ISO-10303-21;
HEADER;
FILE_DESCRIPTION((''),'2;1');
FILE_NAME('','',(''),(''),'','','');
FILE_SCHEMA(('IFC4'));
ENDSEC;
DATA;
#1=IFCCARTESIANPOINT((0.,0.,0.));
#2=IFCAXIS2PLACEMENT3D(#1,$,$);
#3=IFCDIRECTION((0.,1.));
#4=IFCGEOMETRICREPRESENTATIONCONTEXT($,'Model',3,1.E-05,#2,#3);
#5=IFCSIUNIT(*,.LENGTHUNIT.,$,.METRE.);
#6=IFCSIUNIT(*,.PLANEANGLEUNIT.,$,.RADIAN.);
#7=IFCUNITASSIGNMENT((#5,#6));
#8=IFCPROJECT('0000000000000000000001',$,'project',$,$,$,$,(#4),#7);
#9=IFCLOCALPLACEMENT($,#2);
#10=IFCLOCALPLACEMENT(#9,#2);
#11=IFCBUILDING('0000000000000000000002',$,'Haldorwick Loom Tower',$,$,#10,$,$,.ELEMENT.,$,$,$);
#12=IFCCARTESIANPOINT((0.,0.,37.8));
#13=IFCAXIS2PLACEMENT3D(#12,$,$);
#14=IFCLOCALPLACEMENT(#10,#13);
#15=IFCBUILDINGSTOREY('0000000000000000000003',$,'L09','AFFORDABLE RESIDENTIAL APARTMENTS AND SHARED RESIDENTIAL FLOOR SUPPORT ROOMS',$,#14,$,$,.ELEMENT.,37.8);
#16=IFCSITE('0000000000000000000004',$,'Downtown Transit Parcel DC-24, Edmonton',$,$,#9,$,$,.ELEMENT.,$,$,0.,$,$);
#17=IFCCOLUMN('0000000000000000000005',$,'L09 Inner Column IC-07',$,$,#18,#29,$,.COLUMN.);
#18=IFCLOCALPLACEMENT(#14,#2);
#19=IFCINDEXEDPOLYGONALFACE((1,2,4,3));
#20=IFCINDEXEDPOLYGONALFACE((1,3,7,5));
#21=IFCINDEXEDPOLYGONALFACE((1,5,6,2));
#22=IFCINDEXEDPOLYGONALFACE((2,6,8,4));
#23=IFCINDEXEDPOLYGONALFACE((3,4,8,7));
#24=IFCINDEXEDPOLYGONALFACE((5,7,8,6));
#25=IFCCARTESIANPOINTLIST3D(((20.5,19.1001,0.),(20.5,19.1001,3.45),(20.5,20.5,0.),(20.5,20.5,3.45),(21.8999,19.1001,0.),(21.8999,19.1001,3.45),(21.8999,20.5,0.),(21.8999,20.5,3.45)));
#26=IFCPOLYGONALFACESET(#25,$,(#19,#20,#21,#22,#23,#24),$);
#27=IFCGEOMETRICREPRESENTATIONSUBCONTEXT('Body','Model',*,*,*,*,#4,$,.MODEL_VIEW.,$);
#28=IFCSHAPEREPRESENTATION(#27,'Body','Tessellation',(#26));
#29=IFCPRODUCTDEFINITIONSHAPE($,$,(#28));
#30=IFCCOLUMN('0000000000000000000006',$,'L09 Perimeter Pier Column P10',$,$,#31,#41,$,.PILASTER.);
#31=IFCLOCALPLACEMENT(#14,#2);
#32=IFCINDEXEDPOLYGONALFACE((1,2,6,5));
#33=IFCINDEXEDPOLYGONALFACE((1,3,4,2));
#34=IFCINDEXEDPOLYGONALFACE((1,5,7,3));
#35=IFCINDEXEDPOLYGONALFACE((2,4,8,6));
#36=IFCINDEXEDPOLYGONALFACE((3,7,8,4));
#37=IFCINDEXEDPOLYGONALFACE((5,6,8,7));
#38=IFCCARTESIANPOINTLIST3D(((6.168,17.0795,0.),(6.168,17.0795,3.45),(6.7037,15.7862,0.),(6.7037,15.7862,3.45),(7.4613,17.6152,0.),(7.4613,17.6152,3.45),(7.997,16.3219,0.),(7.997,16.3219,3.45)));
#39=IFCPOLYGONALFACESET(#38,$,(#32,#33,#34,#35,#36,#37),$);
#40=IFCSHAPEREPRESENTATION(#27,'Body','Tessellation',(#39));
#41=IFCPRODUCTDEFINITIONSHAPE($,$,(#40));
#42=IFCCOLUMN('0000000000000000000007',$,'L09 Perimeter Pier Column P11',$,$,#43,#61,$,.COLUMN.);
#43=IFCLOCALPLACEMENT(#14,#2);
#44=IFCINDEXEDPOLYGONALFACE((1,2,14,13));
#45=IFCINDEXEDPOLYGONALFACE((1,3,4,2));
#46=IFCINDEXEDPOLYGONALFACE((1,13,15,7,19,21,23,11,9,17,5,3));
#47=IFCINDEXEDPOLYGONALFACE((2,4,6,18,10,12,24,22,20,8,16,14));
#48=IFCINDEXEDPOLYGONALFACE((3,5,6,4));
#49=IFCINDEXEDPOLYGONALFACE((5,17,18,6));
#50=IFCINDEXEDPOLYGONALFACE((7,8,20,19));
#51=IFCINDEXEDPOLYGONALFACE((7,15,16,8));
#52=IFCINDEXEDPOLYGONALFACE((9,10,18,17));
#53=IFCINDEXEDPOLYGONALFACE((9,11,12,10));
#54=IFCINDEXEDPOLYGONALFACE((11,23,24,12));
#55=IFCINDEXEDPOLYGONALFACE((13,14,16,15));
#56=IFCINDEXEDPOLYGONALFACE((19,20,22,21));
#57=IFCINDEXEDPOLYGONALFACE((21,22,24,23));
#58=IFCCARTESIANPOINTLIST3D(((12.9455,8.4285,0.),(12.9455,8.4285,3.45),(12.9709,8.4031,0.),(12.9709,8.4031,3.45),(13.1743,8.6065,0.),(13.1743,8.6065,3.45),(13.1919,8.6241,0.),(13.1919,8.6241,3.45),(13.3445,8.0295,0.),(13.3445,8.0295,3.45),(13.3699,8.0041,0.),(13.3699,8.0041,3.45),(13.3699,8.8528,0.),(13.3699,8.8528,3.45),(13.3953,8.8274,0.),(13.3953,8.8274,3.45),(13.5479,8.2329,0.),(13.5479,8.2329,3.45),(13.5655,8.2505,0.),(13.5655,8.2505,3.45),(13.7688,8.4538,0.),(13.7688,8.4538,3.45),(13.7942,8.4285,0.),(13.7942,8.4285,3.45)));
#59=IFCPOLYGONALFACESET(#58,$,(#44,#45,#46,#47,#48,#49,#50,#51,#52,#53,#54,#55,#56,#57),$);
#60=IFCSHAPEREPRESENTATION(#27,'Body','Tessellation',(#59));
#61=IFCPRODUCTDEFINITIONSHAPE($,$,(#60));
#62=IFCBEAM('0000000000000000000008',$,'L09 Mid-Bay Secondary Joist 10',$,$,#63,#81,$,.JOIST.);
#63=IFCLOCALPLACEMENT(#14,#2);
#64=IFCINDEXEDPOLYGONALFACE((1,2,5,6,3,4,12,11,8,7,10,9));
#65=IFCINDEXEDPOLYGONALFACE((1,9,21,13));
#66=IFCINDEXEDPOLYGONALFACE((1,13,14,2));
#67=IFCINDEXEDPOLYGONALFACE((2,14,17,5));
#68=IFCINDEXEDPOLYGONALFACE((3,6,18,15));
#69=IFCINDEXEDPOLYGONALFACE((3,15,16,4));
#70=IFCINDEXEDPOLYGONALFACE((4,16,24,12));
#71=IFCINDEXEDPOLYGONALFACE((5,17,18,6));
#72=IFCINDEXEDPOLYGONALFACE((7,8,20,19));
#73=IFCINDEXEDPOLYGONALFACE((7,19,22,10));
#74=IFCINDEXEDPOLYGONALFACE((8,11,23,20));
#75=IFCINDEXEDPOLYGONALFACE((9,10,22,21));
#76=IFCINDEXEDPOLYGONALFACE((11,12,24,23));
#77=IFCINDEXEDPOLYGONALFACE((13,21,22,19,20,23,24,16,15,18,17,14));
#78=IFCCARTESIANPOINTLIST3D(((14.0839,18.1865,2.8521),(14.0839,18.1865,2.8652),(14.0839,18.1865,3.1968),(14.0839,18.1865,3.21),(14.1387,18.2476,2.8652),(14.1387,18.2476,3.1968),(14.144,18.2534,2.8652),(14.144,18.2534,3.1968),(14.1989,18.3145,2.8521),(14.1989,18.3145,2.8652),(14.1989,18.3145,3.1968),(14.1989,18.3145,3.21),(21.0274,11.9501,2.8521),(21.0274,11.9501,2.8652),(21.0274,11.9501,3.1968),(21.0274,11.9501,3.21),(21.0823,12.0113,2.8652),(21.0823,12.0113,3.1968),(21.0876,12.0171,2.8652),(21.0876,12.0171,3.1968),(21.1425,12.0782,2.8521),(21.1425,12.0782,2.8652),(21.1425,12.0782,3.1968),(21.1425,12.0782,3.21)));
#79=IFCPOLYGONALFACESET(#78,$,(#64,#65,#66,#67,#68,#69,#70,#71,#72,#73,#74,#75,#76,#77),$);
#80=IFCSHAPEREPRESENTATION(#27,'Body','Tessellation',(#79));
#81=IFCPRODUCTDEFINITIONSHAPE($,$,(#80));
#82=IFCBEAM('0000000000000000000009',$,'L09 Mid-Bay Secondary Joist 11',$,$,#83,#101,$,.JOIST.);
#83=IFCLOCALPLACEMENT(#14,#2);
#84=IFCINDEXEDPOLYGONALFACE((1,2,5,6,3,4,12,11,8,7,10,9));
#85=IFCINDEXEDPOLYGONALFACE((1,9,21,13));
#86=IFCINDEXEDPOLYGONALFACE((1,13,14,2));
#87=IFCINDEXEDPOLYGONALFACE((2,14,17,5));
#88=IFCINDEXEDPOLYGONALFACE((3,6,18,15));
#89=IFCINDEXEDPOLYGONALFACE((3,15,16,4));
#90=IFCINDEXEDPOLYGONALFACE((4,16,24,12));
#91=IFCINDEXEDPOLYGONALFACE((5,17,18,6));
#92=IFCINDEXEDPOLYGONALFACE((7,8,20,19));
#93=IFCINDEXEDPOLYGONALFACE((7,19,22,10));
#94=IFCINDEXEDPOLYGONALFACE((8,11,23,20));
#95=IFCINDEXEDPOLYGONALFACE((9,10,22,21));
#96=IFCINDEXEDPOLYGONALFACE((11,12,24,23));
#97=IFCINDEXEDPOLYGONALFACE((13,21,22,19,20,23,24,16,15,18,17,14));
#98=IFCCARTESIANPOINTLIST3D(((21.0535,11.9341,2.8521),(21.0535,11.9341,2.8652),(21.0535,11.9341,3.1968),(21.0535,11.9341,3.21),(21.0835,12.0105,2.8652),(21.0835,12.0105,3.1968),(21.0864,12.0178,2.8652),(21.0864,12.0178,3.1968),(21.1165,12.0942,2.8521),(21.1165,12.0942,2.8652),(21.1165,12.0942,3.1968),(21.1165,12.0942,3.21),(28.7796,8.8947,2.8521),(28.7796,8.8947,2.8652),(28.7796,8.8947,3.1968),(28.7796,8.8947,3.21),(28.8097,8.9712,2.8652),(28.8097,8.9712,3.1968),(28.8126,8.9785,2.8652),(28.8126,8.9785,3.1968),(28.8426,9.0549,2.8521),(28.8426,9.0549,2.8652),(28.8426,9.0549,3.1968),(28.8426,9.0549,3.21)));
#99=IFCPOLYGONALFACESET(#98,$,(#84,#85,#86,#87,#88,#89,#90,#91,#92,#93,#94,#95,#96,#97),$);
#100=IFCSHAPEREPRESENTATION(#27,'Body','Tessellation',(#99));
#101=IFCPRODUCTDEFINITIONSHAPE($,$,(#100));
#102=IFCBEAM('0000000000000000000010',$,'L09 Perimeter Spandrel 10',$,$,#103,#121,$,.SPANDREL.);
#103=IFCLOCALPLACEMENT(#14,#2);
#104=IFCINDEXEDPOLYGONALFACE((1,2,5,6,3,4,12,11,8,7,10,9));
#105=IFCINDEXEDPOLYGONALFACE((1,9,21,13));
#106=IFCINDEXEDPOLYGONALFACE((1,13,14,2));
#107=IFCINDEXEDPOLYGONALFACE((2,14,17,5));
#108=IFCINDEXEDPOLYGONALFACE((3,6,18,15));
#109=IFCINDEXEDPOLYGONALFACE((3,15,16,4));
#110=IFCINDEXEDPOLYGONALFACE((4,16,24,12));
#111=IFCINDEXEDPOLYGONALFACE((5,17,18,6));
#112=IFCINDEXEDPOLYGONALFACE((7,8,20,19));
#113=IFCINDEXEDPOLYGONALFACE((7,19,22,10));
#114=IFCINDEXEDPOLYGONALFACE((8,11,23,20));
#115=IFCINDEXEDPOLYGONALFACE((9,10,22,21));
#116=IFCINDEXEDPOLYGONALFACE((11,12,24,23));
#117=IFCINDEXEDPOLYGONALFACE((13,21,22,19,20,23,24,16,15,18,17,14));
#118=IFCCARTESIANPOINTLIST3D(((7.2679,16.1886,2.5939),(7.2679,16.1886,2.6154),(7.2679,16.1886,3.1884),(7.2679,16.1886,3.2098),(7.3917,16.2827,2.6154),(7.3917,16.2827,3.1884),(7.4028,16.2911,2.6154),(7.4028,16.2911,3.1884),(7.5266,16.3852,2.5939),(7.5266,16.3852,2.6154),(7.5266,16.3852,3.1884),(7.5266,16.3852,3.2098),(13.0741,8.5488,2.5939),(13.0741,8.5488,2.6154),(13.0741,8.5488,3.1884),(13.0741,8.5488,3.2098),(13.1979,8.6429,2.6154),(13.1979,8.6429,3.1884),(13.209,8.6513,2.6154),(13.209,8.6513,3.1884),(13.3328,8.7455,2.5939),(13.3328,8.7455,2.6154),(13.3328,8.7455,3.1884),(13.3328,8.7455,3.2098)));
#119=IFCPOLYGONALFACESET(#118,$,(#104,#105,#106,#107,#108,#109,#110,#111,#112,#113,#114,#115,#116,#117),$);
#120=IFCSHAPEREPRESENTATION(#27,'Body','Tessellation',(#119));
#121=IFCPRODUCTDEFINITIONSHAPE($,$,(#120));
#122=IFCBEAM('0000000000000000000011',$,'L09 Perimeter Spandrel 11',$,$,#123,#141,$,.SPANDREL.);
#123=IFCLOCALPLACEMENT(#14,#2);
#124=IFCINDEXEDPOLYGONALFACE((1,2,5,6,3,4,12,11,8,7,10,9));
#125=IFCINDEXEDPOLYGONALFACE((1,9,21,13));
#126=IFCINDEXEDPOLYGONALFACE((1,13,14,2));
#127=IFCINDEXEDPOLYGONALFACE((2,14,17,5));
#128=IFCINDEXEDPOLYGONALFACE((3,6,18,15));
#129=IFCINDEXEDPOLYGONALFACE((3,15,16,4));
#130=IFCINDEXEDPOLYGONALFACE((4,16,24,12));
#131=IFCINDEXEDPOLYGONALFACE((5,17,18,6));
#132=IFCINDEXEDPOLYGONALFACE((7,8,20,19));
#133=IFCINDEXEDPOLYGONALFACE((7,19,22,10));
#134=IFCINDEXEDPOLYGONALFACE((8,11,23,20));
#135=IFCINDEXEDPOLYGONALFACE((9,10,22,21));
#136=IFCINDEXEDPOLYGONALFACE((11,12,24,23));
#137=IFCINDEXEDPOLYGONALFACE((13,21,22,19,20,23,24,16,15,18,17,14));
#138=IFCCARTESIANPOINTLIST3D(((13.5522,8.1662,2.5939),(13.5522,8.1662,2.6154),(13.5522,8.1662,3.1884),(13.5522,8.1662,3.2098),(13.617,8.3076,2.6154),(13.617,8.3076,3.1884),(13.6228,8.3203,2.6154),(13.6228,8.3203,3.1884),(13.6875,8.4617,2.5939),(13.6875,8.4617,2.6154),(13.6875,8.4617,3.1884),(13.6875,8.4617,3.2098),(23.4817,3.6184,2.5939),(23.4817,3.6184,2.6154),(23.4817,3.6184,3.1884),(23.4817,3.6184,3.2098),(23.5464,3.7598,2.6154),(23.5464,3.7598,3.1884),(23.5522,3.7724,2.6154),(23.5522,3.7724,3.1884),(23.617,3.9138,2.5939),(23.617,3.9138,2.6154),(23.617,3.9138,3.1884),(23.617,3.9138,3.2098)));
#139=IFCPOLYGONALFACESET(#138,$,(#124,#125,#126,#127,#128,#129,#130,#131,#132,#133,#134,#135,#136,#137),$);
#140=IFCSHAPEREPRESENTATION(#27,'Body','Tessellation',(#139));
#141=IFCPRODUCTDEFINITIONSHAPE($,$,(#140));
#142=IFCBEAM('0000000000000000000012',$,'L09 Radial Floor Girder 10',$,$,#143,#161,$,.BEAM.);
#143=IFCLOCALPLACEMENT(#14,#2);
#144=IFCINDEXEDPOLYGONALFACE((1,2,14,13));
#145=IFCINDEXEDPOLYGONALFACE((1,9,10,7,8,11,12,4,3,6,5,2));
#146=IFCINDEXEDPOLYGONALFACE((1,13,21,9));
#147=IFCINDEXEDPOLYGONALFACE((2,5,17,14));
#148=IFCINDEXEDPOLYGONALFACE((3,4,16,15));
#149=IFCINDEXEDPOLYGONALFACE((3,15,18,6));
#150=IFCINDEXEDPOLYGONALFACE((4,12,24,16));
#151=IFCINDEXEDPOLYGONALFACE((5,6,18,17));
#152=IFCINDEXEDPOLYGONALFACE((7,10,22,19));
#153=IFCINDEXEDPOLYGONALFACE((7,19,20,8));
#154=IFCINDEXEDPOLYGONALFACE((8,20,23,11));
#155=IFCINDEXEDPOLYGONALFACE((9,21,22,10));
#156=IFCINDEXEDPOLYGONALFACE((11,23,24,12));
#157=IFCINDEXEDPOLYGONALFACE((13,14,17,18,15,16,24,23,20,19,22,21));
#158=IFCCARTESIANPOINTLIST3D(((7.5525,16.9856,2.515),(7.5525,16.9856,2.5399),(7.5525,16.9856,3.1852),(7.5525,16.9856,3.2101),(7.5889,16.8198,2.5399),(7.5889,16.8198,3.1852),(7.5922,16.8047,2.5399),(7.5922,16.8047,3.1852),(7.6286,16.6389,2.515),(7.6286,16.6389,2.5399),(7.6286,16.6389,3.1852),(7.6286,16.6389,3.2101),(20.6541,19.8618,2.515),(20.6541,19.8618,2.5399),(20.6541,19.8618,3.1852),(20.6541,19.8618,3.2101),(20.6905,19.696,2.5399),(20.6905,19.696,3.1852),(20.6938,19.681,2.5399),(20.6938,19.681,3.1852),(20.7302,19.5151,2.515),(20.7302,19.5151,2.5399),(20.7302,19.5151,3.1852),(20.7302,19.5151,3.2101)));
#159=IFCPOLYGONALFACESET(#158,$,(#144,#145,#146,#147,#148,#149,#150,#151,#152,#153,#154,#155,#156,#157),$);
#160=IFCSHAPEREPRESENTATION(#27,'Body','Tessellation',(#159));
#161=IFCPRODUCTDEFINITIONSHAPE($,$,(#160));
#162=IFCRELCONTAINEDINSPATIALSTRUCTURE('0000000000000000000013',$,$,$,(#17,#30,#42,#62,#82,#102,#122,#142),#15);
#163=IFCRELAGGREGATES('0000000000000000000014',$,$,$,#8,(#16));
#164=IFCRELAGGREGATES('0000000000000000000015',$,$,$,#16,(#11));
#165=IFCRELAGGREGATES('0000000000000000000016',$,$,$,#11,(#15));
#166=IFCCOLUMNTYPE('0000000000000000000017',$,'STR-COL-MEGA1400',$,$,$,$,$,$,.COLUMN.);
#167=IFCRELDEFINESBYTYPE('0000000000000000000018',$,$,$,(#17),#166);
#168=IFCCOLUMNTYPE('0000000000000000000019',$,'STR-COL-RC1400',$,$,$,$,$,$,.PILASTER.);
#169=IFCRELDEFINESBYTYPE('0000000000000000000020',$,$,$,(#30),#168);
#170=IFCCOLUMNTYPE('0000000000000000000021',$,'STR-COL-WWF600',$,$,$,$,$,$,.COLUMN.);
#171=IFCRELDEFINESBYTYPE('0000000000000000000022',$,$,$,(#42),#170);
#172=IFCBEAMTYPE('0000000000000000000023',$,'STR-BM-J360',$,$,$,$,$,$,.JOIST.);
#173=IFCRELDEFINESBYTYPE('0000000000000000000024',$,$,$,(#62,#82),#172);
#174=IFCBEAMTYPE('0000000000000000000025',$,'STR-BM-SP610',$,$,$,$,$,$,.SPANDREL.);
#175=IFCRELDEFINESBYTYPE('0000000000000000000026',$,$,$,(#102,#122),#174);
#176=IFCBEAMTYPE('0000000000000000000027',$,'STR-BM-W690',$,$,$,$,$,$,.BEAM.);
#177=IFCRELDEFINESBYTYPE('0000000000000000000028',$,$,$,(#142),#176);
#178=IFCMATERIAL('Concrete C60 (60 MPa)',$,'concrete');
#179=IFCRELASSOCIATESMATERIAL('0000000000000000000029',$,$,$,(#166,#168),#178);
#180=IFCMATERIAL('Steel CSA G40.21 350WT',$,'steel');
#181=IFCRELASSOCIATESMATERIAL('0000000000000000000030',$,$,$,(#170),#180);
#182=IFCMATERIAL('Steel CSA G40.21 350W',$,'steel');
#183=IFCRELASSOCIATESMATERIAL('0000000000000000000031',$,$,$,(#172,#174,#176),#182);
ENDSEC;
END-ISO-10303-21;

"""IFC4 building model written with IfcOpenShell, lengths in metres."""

from ifc_helpers import new_model, si_unit, direction, frame, origin, origin_2d, place, context, subcontext, project, spatial, rectangle, i_section, extrude, material, material_profile, profile_set, type_object, element, save


model = new_model("IFC4")

# Units and contexts
model_context = context("Model", 3, precision=1e-05, world=origin(), true_north=direction((0.0, 1.0)))
body_context = subcontext(model_context, "Body", "Model", "MODEL_VIEW")
ifc_project = project(units=[si_unit("LENGTHUNIT", "METRE"), si_unit("PLANEANGLEUNIT", "RADIAN")], contexts=[model_context])

# Site, building, storey
site_placement = place(None, origin())
site = spatial("IfcSite", under=ifc_project, at=site_placement, Name="Downtown Transit Parcel DC-24, Edmonton", CompositionType="ELEMENT", RefElevation=0.0)
building_placement = place(site_placement, origin())
building = spatial("IfcBuilding", under=site, at=building_placement, Name="Haldorwick Loom Tower", CompositionType="ELEMENT")
storey_placement = place(building_placement, frame((0.0, 0.0, 37.8)))
storey = spatial("IfcBuildingStorey", under=building, at=storey_placement, Name="L09", Description="AFFORDABLE RESIDENTIAL APARTMENTS AND SHARED RESIDENTIAL FLOOR SUPPORT ROOMS", CompositionType="ELEMENT", Elevation=37.8)

# Columns
ifc_material_1 = material(Name="Concrete C60 (60 MPa)", Category="concrete")
ifc_material_profile_1 = material_profile(ifc_material_1, rectangle(XDim=1.3999, YDim=1.3999, at=origin_2d()), Name="RC1400X1400", Category="concrete")
ifc_profile_set_1 = profile_set([ifc_material_profile_1], Name="Concrete C60 (60 MPa)")
column_type_1 = type_object("IfcColumnType", Name="STR-COL-MEGA1400", PredefinedType="COLUMN", material=ifc_profile_set_1)
column_1_placement = place(storey_placement, frame((21.2, 19.8, 0.0), z_axis=(0.0, 0.0, 1.0), x_axis=(1.0, 0.0, 0.0)))
element("IfcColumn", 1, at=column_1_placement, inside=storey, type_object=column_type_1, Name="L09 Inner Column IC-07", PredefinedType="COLUMN", context=body_context, shape_type="SweptSolid", body=[
    extrude(rectangle(XDim=1.3999, YDim=1.3999, at=origin_2d()), origin(), (0.0, 0.0, 1.0), 3.45),
])
ifc_material_profile_2 = material_profile(ifc_material_1, rectangle(XDim=1.3999, YDim=1.3999, at=origin_2d()), Name="RC1400X1400", Category="concrete")
ifc_profile_set_2 = profile_set([ifc_material_profile_2], Name="Concrete C60 (60 MPa)")
column_type_2 = type_object("IfcColumnType", Name="STR-COL-RC1400", PredefinedType="PILASTER", material=ifc_profile_set_2)
column_2_placement = place(storey_placement, frame((7.0825, 16.7007, 0.0), z_axis=(0.0, 0.0, 1.0), x_axis=(-0.92388, -0.382683, 0.0)))
element("IfcColumn", 2, at=column_2_placement, inside=storey, type_object=column_type_2, Name="L09 Perimeter Pier Column P10", PredefinedType="PILASTER", context=body_context, shape_type="SweptSolid", body=[
    extrude(rectangle(XDim=1.3999, YDim=1.3999, at=origin_2d()), origin(), (0.0, 0.0, 1.0), 3.45),
])
ifc_material_2 = material(Name="Steel CSA G40.21 350WT", Category="steel")
ifc_material_profile_3 = material_profile(ifc_material_2, i_section(OverallWidth=0.6001, OverallDepth=0.6001, WebThickness=0.0249, FlangeThickness=0.0359, at=origin_2d()), Name="WWF600X600", Category="steel")
ifc_profile_set_3 = profile_set([ifc_material_profile_3], Name="Steel CSA G40.21 350WT")
column_type_3 = type_object("IfcColumnType", Name="STR-COL-WWF600", PredefinedType="COLUMN", material=ifc_profile_set_3)
column_3_placement = place(storey_placement, frame((13.3699, 8.4285, 0.0), z_axis=(0.0, 0.0, 1.0), x_axis=(-0.707107, -0.707107, 0.0)))
element("IfcColumn", 3, at=column_3_placement, inside=storey, type_object=column_type_3, Name="L09 Perimeter Pier Column P11", PredefinedType="COLUMN", context=body_context, shape_type="SweptSolid", body=[
    extrude(i_section(OverallWidth=0.6001, OverallDepth=0.6001, WebThickness=0.0249, FlangeThickness=0.0359, at=origin_2d()), origin(), (0.0, 0.0, 1.0), 3.45),
])

# Beams
ifc_material_3 = material(Name="Steel CSA G40.21 350W", Category="steel")
ifc_material_profile_4 = material_profile(ifc_material_3, i_section(OverallWidth=0.1721, OverallDepth=0.3579, WebThickness=0.0078, FlangeThickness=0.0132, at=origin_2d()), Name="W360X57", Category="steel")
ifc_profile_set_4 = profile_set([ifc_material_profile_4], Name="Steel CSA G40.21 350W")
beam_type_1 = type_object("IfcBeamType", Name="STR-BM-J360", PredefinedType="JOIST", material=ifc_profile_set_4)
beam_1_placement = place(storey_placement, frame((14.1414, 18.2505, 3.031), z_axis=(0.743982, -0.6682, 0.0), x_axis=(0.6682, 0.743982, 0.0)))
element("IfcBeam", 4, at=beam_1_placement, inside=storey, type_object=beam_type_1, Name="L09 Mid-Bay Secondary Joist 10", PredefinedType="JOIST", context=body_context, shape_type="SweptSolid", body=[
    extrude(i_section(OverallWidth=0.1721, OverallDepth=0.3579, WebThickness=0.0078, FlangeThickness=0.0132, at=origin_2d()), origin(), (0.0, 0.0, 1.0), 9.333),
])
beam_2_placement = place(storey_placement, frame((21.085, 12.0142, 3.031), z_axis=(0.930585, -0.366076, 0.0), x_axis=(0.366076, 0.930585, 0.0)))
element("IfcBeam", 5, at=beam_2_placement, inside=storey, type_object=beam_type_1, Name="L09 Mid-Bay Secondary Joist 11", PredefinedType="JOIST", context=body_context, shape_type="SweptSolid", body=[
    extrude(i_section(OverallWidth=0.1721, OverallDepth=0.3579, WebThickness=0.0078, FlangeThickness=0.0132, at=origin_2d()), origin(), (0.0, 0.0, 1.0), 8.3025),
])
ifc_material_profile_5 = material_profile(ifc_material_3, i_section(OverallWidth=0.325, OverallDepth=0.616, WebThickness=0.0139, FlangeThickness=0.0215, at=origin_2d()), Name="W610X174", Category="steel")
ifc_profile_set_5 = profile_set([ifc_material_profile_5], Name="Steel CSA G40.21 350W")
beam_type_2 = type_object("IfcBeamType", Name="STR-BM-SP610", PredefinedType="SPANDREL", material=ifc_profile_set_5)
beam_3_placement = place(storey_placement, frame((7.3972, 16.2869, 2.9019), z_axis=(0.605085, -0.796161, 0.0), x_axis=(0.796161, 0.605085, 0.0)))
element("IfcBeam", 6, at=beam_3_placement, inside=storey, type_object=beam_type_2, Name="L09 Perimeter Spandrel 10", PredefinedType="SPANDREL", context=body_context, shape_type="SweptSolid", body=[
    extrude(i_section(OverallWidth=0.325, OverallDepth=0.616, WebThickness=0.0139, FlangeThickness=0.0215, at=origin_2d()), origin(), (0.0, 0.0, 1.0), 9.5957),
])
beam_4_placement = place(storey_placement, frame((13.6199, 8.314, 2.9019), z_axis=(0.909174, -0.416417, 0.0), x_axis=(0.416417, 0.909174, 0.0)))
element("IfcBeam", 7, at=beam_4_placement, inside=storey, type_object=beam_type_2, Name="L09 Perimeter Spandrel 11", PredefinedType="SPANDREL", context=body_context, shape_type="SweptSolid", body=[
    extrude(i_section(OverallWidth=0.325, OverallDepth=0.616, WebThickness=0.0139, FlangeThickness=0.0215, at=origin_2d()), origin(), (0.0, 0.0, 1.0), 10.9214),
])
ifc_material_profile_6 = material_profile(ifc_material_3, i_section(OverallWidth=0.355, OverallDepth=0.6951, WebThickness=0.0154, FlangeThickness=0.0249, at=origin_2d()), Name="W690X217", Category="steel")
ifc_profile_set_6 = profile_set([ifc_material_profile_6], Name="Steel CSA G40.21 350W")
beam_type_3 = type_object("IfcBeamType", Name="STR-BM-W690", PredefinedType="BEAM", material=ifc_profile_set_6)
beam_5_placement = place(storey_placement, frame((20.6921, 19.6885, 2.8625), z_axis=(-0.97674, -0.214426, 0.0), x_axis=(0.214426, -0.97674, 0.0)))
element("IfcBeam", 8, at=beam_5_placement, inside=storey, type_object=beam_type_3, Name="L09 Radial Floor Girder 10", PredefinedType="BEAM", context=body_context, shape_type="SweptSolid", body=[
    extrude(i_section(OverallWidth=0.355, OverallDepth=0.6951, WebThickness=0.0154, FlangeThickness=0.0249, at=origin_2d()), origin(), (0.0, 0.0, 1.0), 13.4136),
])

save(model, "model.ifc")
